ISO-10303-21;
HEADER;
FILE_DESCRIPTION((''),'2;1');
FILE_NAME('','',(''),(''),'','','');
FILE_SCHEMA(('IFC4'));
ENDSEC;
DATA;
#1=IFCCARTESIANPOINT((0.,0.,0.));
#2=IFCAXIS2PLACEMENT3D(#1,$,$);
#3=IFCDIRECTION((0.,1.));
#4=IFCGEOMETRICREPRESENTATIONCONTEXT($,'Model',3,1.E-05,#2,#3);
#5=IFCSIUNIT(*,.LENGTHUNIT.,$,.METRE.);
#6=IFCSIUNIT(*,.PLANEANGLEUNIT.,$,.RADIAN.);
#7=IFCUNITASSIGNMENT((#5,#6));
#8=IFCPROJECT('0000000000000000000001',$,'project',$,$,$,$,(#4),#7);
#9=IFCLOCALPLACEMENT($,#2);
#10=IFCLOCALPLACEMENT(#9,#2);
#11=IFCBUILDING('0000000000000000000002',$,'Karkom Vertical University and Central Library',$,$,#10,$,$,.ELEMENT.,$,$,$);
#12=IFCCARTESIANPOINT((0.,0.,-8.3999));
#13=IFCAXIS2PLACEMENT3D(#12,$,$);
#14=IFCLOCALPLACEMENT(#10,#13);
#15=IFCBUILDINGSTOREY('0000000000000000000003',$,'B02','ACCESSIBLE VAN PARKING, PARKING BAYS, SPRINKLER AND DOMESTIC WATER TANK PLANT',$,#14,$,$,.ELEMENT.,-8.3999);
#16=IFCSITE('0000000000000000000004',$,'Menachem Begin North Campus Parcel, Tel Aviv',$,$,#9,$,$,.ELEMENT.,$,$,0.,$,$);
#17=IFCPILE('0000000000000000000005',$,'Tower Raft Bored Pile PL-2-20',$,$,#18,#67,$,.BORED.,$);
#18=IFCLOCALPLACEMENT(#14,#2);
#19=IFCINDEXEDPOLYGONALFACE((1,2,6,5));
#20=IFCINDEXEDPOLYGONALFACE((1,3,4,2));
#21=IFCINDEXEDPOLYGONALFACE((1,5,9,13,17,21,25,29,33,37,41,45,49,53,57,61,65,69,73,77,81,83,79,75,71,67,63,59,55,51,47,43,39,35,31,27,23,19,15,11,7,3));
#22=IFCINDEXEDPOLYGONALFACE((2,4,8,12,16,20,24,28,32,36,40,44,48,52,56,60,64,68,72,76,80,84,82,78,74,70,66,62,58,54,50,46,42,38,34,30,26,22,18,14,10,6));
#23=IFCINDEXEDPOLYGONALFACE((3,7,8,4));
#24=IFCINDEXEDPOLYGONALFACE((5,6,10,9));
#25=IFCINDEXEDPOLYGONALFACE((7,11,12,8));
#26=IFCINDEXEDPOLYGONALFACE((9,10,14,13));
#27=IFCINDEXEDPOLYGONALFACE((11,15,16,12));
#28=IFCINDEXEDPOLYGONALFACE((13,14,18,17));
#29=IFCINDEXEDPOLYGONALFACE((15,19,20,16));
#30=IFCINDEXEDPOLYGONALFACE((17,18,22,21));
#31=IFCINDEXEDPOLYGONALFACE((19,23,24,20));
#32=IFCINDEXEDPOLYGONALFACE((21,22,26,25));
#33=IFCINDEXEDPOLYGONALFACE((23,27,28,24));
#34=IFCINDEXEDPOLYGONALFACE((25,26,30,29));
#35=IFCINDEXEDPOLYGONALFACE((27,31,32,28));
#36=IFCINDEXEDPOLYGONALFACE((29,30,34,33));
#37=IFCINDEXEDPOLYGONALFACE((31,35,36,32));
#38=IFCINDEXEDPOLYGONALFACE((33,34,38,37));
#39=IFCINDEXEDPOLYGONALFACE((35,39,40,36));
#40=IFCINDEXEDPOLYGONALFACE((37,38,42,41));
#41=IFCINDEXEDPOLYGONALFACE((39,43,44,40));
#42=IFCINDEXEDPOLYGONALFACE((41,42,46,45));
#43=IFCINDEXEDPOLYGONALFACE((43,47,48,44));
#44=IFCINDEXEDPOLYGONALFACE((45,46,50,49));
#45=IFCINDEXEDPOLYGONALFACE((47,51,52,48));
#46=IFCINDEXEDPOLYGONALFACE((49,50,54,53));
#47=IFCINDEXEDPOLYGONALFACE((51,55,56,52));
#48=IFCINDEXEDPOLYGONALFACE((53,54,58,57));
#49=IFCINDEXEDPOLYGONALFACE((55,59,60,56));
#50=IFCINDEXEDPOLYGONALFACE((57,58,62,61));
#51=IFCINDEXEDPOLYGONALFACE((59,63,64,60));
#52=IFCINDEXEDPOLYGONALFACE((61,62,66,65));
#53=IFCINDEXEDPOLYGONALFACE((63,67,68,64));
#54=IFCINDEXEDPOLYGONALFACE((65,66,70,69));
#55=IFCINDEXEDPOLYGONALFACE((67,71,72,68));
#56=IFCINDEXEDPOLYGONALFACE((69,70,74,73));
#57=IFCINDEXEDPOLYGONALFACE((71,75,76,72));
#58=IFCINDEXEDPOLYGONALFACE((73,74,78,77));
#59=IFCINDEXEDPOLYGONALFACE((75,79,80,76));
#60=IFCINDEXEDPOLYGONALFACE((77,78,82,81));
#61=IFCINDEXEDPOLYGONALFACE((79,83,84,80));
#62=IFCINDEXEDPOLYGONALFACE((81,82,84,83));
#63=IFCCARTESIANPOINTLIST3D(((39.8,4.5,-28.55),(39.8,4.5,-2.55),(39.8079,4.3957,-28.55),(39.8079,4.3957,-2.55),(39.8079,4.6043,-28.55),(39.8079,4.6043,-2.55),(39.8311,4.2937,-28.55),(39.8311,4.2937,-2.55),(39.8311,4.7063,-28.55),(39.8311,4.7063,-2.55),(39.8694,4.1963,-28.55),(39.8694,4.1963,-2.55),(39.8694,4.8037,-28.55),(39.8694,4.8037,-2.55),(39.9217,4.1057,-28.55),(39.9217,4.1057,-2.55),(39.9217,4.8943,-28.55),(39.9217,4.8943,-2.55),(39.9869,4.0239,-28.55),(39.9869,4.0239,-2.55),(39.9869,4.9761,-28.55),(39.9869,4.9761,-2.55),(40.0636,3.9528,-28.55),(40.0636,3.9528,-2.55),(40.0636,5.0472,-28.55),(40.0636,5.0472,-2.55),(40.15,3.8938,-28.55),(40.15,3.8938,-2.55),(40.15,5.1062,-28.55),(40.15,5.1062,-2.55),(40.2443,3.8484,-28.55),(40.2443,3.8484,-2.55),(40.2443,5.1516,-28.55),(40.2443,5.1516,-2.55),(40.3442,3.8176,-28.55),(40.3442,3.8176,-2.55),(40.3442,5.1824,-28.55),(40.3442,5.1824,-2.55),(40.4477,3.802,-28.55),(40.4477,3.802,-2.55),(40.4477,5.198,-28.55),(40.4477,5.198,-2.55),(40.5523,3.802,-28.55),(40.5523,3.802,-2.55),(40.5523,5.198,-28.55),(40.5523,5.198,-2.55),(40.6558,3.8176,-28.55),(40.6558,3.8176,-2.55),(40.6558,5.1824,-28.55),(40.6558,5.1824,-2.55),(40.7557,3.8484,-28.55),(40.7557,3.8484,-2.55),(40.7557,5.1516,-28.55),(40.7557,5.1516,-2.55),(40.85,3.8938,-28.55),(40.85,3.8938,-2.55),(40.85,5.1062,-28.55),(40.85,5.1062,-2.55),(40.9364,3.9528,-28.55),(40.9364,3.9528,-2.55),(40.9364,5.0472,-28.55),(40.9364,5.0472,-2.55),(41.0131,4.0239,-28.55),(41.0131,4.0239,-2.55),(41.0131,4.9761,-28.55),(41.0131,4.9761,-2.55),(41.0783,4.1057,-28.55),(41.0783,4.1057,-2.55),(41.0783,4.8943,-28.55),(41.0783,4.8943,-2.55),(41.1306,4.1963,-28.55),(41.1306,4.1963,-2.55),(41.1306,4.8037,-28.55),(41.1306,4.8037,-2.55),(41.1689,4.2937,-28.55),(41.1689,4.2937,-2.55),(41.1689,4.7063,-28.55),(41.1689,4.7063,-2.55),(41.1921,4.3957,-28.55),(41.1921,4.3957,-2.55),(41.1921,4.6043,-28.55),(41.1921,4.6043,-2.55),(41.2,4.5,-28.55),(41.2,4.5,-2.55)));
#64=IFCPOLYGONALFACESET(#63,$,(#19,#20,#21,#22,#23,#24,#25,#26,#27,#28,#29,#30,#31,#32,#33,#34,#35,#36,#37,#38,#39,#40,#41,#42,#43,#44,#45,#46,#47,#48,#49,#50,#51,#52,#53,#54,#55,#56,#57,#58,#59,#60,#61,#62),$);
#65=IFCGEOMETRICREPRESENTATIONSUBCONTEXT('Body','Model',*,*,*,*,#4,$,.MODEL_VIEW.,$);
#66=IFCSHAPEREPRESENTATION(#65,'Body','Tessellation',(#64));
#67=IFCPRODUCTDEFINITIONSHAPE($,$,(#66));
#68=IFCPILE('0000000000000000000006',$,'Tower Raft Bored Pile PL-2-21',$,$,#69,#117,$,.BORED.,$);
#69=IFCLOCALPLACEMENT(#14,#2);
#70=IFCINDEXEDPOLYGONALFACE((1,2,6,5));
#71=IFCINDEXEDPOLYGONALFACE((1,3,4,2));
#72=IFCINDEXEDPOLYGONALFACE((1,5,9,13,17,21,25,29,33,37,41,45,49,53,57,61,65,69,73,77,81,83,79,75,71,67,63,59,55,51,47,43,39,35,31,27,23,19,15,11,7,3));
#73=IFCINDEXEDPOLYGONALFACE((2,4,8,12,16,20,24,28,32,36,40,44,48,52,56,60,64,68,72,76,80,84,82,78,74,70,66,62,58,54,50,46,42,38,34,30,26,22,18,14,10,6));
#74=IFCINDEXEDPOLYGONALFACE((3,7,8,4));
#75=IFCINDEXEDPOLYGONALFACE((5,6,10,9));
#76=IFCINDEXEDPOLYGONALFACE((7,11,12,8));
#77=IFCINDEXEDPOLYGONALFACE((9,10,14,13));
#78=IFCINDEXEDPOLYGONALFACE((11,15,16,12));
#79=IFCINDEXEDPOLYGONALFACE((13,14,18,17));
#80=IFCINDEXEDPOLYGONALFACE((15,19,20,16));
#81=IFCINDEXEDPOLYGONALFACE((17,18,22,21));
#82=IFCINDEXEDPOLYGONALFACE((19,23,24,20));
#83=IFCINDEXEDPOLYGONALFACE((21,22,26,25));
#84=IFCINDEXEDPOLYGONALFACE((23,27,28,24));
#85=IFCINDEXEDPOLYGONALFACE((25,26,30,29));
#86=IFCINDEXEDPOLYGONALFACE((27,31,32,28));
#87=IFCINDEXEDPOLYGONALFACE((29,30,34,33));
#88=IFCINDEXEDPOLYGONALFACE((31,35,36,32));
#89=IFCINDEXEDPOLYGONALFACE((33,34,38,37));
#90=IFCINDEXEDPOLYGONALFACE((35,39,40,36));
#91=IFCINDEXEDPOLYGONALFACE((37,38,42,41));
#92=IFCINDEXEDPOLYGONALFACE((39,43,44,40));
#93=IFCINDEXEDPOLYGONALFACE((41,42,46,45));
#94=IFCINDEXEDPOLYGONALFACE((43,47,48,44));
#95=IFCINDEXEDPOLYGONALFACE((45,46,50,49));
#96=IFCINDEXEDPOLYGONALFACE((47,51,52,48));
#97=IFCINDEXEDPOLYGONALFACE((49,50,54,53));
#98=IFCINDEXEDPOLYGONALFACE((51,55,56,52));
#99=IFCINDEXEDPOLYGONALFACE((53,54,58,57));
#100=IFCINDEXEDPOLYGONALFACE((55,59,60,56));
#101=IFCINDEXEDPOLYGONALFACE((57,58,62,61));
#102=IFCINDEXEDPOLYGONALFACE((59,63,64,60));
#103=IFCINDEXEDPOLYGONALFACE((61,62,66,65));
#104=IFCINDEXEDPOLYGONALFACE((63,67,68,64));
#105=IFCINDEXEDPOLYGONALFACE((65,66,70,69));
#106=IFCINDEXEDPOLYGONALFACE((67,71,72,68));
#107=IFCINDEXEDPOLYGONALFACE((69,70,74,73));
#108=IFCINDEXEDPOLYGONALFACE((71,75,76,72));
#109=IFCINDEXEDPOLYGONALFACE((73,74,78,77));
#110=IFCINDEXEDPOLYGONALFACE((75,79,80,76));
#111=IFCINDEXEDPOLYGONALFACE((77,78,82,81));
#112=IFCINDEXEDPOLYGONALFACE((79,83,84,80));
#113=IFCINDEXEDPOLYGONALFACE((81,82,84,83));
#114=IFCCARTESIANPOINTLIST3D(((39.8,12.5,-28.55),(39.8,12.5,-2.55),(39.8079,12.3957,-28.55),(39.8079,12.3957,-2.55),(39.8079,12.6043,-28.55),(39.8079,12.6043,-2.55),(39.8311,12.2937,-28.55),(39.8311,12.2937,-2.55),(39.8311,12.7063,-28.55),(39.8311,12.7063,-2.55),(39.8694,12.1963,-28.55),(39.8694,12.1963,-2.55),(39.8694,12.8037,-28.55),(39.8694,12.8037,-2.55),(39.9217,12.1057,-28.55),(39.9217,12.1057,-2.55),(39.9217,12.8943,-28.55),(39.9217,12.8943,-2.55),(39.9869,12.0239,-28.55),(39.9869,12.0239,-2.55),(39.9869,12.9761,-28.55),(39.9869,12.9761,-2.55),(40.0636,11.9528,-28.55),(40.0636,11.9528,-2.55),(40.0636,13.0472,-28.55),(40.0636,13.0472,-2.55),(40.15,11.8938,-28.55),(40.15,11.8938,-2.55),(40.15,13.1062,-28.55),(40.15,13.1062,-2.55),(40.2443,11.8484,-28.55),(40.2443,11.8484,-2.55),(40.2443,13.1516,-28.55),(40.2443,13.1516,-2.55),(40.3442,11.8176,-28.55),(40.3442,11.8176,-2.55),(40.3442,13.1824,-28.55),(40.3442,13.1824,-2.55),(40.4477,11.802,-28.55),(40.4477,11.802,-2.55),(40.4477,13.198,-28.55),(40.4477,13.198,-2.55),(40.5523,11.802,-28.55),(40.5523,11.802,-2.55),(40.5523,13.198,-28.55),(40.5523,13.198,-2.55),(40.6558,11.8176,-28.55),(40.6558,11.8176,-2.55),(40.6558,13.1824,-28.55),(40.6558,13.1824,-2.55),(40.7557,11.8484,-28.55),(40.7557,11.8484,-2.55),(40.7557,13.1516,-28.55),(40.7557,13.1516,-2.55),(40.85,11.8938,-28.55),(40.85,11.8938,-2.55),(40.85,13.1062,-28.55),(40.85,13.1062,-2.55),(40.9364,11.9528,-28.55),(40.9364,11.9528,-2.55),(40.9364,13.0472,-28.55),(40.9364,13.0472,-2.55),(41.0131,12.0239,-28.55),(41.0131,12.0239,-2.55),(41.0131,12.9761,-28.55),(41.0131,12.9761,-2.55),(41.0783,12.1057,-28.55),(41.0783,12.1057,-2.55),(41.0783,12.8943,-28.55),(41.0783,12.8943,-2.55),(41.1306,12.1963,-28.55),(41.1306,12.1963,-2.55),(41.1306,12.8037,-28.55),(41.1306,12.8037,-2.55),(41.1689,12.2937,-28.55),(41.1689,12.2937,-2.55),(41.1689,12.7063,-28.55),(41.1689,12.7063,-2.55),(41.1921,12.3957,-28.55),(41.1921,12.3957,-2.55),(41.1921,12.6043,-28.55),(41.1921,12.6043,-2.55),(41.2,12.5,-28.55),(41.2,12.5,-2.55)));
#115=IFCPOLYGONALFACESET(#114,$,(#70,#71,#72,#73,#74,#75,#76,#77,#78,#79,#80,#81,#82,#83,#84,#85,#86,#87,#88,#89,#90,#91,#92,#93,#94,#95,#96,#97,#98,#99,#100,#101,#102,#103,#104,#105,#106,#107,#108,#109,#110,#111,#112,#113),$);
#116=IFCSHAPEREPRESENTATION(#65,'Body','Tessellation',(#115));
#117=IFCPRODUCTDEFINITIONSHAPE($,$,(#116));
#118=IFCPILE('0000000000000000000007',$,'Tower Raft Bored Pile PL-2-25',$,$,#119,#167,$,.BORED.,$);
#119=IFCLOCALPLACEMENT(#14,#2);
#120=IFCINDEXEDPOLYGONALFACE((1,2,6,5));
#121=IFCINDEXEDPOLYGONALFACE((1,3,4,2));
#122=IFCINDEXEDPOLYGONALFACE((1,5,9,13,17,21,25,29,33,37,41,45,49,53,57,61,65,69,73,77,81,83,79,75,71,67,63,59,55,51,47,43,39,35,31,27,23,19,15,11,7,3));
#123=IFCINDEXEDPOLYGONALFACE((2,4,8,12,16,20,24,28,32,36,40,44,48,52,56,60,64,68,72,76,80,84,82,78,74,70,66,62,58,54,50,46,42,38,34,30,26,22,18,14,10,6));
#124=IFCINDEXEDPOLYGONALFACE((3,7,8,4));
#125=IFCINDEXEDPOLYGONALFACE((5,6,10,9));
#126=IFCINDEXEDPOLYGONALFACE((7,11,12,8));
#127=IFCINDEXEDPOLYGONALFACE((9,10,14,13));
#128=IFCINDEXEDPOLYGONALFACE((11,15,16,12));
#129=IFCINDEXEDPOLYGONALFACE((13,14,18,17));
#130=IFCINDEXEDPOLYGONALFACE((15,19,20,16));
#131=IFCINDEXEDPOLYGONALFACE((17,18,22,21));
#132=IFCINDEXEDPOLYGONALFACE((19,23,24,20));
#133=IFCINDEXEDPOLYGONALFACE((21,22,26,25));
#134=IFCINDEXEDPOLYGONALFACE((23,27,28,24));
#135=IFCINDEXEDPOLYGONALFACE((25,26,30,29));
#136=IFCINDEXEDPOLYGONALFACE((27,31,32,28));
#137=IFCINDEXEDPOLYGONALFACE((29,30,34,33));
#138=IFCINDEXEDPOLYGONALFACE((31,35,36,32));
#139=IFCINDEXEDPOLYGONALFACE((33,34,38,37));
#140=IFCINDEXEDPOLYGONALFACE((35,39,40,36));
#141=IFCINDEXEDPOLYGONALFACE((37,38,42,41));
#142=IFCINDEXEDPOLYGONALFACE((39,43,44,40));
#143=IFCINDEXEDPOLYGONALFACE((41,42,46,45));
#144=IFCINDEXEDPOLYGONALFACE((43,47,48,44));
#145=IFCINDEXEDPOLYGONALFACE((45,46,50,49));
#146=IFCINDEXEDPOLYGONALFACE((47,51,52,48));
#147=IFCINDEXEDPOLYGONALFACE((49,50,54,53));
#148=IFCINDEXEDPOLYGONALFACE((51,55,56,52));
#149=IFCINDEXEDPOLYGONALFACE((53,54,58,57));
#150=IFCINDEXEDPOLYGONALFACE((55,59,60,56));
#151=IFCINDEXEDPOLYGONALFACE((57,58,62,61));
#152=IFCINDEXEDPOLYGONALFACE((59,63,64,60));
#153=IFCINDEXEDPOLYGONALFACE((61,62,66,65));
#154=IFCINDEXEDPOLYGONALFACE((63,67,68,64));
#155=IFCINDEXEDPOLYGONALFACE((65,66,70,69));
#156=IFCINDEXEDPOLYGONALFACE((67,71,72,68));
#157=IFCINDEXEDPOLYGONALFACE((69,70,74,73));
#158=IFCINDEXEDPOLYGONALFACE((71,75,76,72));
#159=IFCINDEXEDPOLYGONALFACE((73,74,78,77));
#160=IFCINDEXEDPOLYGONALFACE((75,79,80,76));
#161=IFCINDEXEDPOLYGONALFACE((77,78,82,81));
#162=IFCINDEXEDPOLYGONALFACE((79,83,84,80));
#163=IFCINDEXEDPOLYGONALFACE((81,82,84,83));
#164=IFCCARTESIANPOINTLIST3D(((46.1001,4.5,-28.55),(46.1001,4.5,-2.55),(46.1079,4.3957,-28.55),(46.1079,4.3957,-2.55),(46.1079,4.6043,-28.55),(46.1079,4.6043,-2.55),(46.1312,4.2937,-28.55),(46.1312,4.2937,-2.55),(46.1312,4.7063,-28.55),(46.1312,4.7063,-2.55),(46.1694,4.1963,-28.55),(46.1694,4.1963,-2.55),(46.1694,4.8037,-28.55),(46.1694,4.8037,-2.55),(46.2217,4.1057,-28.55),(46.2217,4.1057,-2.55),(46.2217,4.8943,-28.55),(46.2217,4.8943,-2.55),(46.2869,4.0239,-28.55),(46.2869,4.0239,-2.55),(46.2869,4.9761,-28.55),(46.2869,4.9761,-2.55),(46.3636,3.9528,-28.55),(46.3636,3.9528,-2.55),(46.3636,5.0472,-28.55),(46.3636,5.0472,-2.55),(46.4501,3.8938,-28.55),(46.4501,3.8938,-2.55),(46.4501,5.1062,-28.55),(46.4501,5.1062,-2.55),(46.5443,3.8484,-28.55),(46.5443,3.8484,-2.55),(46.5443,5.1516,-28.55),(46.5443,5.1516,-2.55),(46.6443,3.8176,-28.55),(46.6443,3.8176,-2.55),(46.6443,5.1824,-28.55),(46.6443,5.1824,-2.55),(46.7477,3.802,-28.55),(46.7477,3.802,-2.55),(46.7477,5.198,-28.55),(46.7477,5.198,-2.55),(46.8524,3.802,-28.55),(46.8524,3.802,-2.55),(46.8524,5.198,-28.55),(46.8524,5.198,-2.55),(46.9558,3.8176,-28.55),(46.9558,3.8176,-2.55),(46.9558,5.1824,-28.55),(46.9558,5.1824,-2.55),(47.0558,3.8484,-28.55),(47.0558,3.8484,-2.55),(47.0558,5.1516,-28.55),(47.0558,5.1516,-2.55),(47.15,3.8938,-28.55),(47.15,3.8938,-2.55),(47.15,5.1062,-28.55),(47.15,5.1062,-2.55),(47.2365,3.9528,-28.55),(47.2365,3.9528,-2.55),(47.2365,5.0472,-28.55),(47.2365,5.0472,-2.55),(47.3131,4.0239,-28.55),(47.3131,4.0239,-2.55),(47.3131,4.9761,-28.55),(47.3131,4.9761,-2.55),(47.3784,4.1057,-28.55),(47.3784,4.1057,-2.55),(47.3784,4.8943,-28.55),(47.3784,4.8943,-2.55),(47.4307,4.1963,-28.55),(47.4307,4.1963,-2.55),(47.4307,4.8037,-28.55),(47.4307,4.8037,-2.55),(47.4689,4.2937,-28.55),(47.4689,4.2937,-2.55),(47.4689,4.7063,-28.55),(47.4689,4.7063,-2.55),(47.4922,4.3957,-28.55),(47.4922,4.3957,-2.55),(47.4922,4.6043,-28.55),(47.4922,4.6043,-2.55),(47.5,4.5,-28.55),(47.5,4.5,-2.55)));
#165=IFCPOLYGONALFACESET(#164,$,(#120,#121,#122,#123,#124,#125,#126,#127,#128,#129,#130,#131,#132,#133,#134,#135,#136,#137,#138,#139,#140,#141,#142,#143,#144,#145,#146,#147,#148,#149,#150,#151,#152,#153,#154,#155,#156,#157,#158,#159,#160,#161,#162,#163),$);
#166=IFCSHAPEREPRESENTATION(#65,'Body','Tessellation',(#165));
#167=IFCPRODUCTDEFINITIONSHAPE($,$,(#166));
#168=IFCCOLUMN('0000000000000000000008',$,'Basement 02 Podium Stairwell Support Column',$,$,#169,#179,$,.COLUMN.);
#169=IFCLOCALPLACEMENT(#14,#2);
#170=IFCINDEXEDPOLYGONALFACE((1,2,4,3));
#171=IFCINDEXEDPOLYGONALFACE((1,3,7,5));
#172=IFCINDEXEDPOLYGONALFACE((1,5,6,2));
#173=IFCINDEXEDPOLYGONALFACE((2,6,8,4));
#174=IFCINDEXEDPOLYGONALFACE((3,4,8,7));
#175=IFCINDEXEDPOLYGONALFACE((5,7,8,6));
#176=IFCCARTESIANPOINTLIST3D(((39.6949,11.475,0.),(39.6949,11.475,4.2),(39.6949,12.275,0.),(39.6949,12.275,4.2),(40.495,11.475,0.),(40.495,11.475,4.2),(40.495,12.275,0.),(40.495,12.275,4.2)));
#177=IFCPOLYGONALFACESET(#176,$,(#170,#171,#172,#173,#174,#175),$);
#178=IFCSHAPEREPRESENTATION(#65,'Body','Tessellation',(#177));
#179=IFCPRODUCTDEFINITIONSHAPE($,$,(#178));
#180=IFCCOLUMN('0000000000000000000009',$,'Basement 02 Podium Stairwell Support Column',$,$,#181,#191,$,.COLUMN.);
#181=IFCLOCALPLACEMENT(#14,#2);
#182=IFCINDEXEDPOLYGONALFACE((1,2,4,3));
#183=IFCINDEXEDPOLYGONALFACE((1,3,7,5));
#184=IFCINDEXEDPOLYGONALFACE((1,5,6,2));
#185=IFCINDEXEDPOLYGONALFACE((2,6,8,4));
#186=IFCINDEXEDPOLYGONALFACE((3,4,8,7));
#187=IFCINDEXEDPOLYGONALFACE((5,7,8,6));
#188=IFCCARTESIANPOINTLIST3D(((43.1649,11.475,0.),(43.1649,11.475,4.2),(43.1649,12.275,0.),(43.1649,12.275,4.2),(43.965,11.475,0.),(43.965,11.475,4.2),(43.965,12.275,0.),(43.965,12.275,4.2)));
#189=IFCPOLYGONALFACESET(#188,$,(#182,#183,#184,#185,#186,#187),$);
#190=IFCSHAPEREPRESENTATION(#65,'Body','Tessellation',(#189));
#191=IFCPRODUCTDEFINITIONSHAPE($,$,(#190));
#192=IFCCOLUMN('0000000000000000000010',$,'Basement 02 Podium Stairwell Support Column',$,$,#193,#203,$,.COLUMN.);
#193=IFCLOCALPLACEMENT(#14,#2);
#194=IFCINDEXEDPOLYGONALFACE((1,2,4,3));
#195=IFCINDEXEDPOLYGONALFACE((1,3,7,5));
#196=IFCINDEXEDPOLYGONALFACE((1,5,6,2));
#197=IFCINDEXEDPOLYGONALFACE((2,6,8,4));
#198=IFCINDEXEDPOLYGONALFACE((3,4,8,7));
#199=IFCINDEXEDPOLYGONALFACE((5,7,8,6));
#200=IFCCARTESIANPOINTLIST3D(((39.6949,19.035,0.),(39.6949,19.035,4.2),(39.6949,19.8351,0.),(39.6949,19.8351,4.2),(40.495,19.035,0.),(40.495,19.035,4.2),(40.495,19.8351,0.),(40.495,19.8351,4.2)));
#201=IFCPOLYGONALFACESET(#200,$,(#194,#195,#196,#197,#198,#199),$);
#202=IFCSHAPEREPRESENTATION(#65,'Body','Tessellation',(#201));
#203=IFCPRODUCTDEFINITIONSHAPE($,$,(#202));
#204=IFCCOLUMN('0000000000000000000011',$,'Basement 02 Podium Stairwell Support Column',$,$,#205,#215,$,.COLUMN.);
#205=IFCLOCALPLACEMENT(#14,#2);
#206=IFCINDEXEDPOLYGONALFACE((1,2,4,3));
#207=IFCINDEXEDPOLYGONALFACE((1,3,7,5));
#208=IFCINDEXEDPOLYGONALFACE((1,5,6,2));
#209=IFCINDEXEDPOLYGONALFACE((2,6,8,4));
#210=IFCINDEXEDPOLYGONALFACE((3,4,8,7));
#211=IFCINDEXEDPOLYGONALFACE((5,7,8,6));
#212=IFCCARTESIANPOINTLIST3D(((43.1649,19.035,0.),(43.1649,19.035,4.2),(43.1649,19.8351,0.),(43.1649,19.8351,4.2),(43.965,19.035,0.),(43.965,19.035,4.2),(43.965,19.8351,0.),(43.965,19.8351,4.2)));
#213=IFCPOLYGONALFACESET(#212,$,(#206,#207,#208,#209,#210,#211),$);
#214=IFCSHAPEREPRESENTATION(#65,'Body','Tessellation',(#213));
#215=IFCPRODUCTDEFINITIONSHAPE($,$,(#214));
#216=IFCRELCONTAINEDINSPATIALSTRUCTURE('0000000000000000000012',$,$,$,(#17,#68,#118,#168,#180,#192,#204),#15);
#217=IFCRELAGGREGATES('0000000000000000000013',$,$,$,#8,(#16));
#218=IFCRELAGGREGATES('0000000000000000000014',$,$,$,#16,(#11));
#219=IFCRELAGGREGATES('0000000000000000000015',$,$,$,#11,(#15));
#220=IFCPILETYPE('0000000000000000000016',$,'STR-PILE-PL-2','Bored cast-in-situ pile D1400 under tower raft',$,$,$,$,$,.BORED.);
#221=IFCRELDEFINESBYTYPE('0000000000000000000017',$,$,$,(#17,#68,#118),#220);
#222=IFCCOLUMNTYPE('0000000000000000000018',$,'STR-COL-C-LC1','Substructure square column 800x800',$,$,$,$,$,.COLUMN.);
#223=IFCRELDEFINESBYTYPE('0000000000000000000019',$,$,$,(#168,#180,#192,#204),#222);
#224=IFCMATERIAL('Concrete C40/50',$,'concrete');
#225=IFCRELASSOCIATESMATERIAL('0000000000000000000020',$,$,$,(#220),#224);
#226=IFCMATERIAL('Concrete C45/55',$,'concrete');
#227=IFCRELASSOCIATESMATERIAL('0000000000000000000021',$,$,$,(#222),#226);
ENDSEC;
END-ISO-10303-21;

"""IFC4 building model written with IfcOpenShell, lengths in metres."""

from ifc_helpers import new_model, si_unit, direction, frame, origin, origin_with_axes, origin_2d, place, context, subcontext, project, spatial, rectangle, circle, extrude, source, transform, mapped, material, material_profile, profile_set, type_object, element, save


model = new_model("IFC4")

# Units and contexts
model_context = context("Model", 3, precision=1e-05, world=origin(), true_north=direction((0.0, 1.0)))
body_context = subcontext(model_context, "Body", "Model", "MODEL_VIEW")
ifc_project = project(units=[si_unit("LENGTHUNIT", "METRE"), si_unit("PLANEANGLEUNIT", "RADIAN")], contexts=[model_context])

# Site, building, storey
site_placement = place(None, origin())
site = spatial("IfcSite", under=ifc_project, at=site_placement, Name="Menachem Begin North Campus Parcel, Tel Aviv", CompositionType="ELEMENT", RefElevation=0.0)
building_placement = place(site_placement, origin())
building = spatial("IfcBuilding", under=site, at=building_placement, Name="Karkom Vertical University and Central Library", CompositionType="ELEMENT")
storey_placement = place(building_placement, frame((0.0, 0.0, -8.3999)))
storey = spatial("IfcBuildingStorey", under=building, at=storey_placement, Name="B02", Description="ACCESSIBLE VAN PARKING, PARKING BAYS, SPRINKLER AND DOMESTIC WATER TANK PLANT", CompositionType="ELEMENT", Elevation=-8.3999)

# Piles
ifc_material_1 = material(Name="Concrete C40/50", Category="concrete")
ifc_material_profile_1 = material_profile(ifc_material_1, circle(Radius=0.7, at=origin_2d()), Name="PILE-D1400")
ifc_profile_set_1 = profile_set([ifc_material_profile_1], Name="Concrete C40/50")
pile_type_1 = type_object("IfcPileType", Name="STR-PILE-PL-2", Description="Bored cast-in-situ pile D1400 under tower raft", PredefinedType="BORED", material=ifc_profile_set_1)
shared_shape_1 = source(origin_with_axes(), body_context, "Body", "SweptSolid", [
    extrude(circle(Radius=0.7, at=origin_2d()), origin(), (0.0, 0.0, 1.0), 26.0),
])
for number, where, z_axis, x_axis, name in (
    (1, (40.5, 4.5, -2.55), (0.0, 0.0, -1.0), (1.0, 0.0, 0.0), "Tower Raft Bored Pile PL-2-20"),
    (2, (40.5, 12.5, -2.55), (0.0, 0.0, -1.0), (1.0, 0.0, 0.0), "Tower Raft Bored Pile PL-2-21"),
    (3, (46.8, 4.5, -2.55), (0.0, 0.0, -1.0), (1.0, 0.0, 0.0), "Tower Raft Bored Pile PL-2-25"),
):
    element("IfcPile", number, at=place(storey_placement, frame(where, z_axis=z_axis, x_axis=x_axis)), inside=storey, type_object=pile_type_1, Name=name, PredefinedType="BORED", context=body_context, shape_type="MappedRepresentation", body=[
        mapped(shared_shape_1, transform((0.0, 0.0, 0.0), scale=1.0)),
    ])

# Columns
ifc_material_2 = material(Name="Concrete C45/55", Category="concrete")
ifc_material_profile_2 = material_profile(ifc_material_2, rectangle(XDim=0.8, YDim=0.8, at=origin_2d()), Name="RC-800x800")
ifc_profile_set_2 = profile_set([ifc_material_profile_2], Name="Concrete C45/55")
column_type_1 = type_object("IfcColumnType", Name="STR-COL-C-LC1", Description="Substructure square column 800x800", PredefinedType="COLUMN", material=ifc_profile_set_2)
shared_shape_2 = source(origin_with_axes(), body_context, "Body", "SweptSolid", [
    extrude(rectangle(XDim=0.8, YDim=0.8, at=origin_2d()), origin(), (0.0, 0.0, 1.0), 4.2),
])
for number, where, z_axis, x_axis, name in (
    (4, (40.095, 11.875, 0.0), (0.0, 0.0, 1.0), (1.0, 0.0, 0.0), "Basement 02 Podium Stairwell Support Column"),
    (5, (43.5649, 11.875, 0.0), (0.0, 0.0, 1.0), (1.0, 0.0, 0.0), "Basement 02 Podium Stairwell Support Column"),
    (6, (40.095, 19.4351, 0.0), (0.0, 0.0, 1.0), (1.0, 0.0, 0.0), "Basement 02 Podium Stairwell Support Column"),
    (7, (43.5649, 19.4351, 0.0), (0.0, 0.0, 1.0), (1.0, 0.0, 0.0), "Basement 02 Podium Stairwell Support Column"),
):
    element("IfcColumn", number, at=place(storey_placement, frame(where, z_axis=z_axis, x_axis=x_axis)), inside=storey, type_object=column_type_1, Name=name, PredefinedType="COLUMN", context=body_context, shape_type="MappedRepresentation", body=[
        mapped(shared_shape_2, transform((0.0, 0.0, 0.0), scale=1.0)),
    ])

save(model, "model.ifc")
